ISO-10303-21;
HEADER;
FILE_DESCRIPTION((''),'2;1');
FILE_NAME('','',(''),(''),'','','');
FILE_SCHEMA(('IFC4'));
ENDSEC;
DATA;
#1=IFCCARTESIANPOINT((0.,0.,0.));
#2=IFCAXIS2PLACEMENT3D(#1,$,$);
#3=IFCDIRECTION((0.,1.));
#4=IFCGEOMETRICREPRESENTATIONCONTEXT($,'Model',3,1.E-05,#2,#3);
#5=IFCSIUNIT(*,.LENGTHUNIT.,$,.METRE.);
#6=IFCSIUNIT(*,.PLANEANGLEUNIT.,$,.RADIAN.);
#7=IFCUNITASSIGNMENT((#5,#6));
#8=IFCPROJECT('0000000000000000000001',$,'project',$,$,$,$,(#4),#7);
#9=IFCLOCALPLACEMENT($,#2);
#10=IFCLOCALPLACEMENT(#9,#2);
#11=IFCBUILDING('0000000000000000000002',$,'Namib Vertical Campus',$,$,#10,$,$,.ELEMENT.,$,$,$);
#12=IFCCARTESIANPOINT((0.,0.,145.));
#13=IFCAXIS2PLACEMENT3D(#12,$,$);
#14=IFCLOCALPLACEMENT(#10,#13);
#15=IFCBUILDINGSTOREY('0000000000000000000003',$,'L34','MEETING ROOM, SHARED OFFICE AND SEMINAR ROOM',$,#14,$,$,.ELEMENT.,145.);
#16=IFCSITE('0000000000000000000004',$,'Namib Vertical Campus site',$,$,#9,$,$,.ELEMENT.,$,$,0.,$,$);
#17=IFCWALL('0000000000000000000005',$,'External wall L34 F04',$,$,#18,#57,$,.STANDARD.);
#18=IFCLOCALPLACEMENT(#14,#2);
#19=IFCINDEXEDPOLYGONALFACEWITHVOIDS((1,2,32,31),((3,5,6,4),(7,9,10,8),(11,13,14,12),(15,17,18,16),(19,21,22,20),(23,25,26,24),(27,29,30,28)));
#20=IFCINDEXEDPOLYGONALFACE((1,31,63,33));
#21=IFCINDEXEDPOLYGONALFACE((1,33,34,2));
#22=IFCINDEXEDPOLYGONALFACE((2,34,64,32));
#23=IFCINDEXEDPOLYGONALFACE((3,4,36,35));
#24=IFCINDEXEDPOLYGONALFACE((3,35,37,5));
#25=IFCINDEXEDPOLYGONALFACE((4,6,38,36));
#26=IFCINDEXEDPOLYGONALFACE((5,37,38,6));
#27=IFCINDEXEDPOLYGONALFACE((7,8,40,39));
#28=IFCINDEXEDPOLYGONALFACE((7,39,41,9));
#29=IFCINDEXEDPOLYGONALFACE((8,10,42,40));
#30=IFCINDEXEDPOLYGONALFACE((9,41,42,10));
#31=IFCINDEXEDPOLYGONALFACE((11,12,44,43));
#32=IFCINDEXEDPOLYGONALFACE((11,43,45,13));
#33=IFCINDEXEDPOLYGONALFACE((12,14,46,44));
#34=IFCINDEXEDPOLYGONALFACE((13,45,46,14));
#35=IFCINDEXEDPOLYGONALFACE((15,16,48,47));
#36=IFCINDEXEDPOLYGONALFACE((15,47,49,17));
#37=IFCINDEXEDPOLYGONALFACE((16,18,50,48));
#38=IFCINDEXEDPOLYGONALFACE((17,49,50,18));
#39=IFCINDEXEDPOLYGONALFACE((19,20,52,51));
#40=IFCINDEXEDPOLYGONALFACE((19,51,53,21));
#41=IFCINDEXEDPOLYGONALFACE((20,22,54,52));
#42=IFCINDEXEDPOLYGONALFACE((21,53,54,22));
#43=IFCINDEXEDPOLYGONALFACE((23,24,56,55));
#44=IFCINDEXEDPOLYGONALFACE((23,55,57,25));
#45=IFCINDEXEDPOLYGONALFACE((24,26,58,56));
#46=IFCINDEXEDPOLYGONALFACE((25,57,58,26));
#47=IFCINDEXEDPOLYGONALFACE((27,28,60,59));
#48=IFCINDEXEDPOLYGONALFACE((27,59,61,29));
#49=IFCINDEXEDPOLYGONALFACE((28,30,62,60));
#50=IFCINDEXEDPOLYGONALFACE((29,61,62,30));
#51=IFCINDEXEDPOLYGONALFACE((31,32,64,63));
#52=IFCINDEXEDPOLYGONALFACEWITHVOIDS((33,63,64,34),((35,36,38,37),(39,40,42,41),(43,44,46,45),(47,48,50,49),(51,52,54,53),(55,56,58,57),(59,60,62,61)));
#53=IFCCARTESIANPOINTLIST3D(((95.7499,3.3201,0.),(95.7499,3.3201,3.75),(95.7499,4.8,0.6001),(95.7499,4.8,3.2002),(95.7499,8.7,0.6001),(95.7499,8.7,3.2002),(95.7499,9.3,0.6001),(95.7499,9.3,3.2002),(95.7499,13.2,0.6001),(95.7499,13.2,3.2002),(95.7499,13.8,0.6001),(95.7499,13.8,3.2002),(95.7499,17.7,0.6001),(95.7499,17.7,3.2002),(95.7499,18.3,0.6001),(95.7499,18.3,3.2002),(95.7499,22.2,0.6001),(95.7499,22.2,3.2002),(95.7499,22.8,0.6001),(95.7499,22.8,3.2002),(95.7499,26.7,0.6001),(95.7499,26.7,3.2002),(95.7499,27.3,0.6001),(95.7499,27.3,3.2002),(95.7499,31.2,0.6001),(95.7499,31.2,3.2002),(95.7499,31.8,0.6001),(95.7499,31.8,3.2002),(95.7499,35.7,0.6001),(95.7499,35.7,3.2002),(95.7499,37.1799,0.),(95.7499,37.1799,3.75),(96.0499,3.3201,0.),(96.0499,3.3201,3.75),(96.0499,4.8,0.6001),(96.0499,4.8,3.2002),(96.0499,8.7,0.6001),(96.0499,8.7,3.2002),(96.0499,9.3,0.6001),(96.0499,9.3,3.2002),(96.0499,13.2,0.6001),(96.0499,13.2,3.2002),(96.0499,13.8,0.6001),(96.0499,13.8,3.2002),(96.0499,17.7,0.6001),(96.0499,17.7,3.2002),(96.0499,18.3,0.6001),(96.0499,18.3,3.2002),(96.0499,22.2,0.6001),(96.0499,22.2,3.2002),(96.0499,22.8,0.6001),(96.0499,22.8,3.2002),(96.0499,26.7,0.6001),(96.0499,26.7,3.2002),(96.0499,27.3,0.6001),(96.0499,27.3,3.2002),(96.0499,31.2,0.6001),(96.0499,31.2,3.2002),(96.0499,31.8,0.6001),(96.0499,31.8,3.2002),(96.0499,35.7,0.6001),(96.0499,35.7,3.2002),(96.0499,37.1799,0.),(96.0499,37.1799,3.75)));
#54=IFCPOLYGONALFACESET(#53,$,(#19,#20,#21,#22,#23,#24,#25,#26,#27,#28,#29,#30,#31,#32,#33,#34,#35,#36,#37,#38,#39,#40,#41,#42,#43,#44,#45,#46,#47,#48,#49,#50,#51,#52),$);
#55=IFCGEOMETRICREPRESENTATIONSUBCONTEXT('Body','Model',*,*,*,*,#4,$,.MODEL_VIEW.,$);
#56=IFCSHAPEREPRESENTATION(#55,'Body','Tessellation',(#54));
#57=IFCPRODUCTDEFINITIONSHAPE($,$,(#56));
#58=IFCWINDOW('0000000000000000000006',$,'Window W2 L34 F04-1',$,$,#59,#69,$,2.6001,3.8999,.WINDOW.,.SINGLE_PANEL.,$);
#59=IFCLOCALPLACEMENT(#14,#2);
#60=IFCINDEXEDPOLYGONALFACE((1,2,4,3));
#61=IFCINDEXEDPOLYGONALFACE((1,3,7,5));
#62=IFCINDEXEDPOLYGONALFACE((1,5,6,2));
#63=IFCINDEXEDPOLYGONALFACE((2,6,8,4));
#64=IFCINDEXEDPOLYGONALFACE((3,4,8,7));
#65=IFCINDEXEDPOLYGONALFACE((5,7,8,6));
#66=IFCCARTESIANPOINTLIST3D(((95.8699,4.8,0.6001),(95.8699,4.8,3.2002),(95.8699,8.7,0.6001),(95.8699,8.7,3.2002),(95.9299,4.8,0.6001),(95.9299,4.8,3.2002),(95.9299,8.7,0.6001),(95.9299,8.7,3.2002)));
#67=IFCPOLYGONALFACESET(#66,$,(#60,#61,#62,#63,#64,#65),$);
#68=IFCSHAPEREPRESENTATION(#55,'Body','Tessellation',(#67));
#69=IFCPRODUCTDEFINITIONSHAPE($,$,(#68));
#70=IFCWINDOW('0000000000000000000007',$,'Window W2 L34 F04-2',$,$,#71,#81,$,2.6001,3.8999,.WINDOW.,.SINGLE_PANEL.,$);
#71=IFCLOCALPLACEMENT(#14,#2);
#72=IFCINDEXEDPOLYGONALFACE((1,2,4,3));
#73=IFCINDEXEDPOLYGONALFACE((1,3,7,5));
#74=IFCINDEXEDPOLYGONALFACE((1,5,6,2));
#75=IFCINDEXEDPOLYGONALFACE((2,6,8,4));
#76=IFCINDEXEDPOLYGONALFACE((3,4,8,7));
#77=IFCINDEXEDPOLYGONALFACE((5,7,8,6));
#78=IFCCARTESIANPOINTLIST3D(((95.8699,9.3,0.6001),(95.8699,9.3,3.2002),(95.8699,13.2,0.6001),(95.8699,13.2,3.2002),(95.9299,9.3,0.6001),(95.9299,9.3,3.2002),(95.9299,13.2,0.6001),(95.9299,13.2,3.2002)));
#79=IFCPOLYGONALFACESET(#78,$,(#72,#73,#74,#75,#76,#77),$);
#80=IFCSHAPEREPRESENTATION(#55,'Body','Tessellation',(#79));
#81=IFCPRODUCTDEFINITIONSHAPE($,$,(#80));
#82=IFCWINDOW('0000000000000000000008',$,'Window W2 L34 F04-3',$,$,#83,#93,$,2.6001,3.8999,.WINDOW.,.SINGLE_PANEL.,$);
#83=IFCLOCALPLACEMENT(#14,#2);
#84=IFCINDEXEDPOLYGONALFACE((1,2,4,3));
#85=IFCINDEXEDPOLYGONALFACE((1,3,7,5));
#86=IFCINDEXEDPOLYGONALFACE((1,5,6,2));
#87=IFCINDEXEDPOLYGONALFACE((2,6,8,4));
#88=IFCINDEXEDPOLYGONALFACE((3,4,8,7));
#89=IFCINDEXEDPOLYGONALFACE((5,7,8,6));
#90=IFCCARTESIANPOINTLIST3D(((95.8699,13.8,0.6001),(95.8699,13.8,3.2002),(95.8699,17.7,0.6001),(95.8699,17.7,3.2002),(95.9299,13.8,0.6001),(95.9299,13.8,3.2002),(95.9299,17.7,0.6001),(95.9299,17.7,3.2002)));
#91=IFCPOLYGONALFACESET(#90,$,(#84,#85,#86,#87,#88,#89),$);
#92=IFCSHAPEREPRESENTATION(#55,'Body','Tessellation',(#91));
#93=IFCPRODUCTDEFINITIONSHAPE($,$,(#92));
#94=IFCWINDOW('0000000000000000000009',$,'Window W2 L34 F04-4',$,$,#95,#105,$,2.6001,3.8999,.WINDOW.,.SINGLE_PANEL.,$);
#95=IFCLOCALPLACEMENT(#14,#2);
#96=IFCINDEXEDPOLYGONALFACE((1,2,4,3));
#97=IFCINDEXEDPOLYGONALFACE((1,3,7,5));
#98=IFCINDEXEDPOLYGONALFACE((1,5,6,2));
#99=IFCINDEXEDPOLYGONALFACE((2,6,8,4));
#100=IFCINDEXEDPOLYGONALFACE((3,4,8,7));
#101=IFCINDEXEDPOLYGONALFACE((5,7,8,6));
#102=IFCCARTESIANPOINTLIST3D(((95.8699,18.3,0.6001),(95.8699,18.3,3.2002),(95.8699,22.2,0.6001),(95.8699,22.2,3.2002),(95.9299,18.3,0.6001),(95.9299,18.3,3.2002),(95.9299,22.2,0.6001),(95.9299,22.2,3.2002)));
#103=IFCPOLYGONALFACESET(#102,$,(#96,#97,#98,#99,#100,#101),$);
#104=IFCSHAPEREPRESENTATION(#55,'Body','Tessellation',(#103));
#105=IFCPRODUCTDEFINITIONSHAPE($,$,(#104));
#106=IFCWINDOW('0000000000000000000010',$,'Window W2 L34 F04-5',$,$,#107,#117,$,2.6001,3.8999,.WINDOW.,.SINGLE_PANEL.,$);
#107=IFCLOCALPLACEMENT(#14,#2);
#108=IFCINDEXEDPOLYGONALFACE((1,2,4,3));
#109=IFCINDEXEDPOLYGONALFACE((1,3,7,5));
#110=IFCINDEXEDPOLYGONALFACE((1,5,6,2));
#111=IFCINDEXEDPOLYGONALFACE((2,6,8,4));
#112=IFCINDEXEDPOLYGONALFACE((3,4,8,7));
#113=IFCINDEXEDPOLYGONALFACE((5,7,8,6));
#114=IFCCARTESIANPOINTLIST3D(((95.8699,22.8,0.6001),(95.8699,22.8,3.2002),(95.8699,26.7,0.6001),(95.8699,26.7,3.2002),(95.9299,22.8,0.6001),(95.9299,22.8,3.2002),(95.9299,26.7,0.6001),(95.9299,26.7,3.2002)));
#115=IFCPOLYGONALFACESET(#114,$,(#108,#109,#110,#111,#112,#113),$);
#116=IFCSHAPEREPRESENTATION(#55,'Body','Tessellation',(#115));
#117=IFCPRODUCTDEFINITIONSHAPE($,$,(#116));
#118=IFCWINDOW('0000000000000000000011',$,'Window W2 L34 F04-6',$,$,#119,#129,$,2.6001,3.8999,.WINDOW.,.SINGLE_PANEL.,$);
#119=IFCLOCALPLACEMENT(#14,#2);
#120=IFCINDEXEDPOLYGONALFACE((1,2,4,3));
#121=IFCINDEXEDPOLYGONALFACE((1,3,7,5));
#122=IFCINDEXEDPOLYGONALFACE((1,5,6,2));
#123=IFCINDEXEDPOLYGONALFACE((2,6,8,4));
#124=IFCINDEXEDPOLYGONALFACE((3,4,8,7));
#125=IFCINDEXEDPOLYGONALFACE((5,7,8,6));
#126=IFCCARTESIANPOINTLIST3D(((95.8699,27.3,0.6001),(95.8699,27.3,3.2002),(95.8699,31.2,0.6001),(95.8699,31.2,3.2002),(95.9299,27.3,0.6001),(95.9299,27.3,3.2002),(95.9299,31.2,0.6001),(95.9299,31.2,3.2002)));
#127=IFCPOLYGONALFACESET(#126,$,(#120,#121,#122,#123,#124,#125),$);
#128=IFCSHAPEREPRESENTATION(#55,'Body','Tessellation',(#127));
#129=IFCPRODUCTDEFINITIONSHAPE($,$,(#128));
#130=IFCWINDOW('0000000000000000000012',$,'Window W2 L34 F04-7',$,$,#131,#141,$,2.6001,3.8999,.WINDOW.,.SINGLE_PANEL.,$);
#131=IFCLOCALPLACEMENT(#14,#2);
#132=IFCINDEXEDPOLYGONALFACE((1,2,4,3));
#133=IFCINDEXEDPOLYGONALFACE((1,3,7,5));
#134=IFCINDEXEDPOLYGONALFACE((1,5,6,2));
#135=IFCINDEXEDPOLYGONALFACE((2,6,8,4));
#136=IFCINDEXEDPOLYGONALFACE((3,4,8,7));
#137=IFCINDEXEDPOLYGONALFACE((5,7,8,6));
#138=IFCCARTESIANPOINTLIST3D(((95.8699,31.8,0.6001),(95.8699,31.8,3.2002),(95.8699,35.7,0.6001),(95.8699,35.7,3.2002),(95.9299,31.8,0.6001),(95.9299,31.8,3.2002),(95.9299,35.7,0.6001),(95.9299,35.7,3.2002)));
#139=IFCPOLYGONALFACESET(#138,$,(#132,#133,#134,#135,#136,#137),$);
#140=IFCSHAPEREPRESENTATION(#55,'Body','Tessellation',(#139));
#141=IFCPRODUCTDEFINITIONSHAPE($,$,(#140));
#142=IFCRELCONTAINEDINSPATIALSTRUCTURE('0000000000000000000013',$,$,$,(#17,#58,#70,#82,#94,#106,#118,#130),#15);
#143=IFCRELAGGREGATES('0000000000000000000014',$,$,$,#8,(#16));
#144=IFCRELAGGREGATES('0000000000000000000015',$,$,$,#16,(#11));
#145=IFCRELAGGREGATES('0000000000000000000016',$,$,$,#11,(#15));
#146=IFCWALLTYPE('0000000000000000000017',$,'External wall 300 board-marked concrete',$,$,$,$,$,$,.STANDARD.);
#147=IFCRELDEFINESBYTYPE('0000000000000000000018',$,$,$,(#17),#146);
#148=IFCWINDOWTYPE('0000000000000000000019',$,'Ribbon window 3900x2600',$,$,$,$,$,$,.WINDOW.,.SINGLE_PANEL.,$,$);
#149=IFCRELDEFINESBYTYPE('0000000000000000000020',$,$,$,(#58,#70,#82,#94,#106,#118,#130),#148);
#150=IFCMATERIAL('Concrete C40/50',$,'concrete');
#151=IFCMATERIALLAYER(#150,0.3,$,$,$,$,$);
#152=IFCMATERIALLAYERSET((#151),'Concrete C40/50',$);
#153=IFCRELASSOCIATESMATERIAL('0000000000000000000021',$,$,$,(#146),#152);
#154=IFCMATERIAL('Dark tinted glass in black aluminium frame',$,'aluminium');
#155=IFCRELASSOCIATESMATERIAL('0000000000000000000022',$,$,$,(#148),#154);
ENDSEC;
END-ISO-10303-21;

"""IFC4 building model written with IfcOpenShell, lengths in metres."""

from ifc_helpers import new_model, si_unit, direction, frame, frame_2d, origin, place, context, subcontext, project, spatial, rectangle, extrude, material, layer, layer_set, type_object, element, fill, save


model = new_model("IFC4")

# Units and contexts
model_context = context("Model", 3, precision=1e-05, world=origin(), true_north=direction((0.0, 1.0)))
body_context = subcontext(model_context, "Body", "Model", "MODEL_VIEW")
ifc_project = project(units=[si_unit("LENGTHUNIT", "METRE"), si_unit("PLANEANGLEUNIT", "RADIAN")], contexts=[model_context])

# Site, building, storey
site_placement = place(None, origin())
site = spatial("IfcSite", under=ifc_project, at=site_placement, Name="Namib Vertical Campus site", CompositionType="ELEMENT", RefElevation=0.0)
building_placement = place(site_placement, origin())
building = spatial("IfcBuilding", under=site, at=building_placement, Name="Namib Vertical Campus", CompositionType="ELEMENT")
storey_placement = place(building_placement, frame((0.0, 0.0, 145.0)))
storey = spatial("IfcBuildingStorey", under=building, at=storey_placement, Name="L34", Description="MEETING ROOM, SHARED OFFICE AND SEMINAR ROOM", CompositionType="ELEMENT", Elevation=145.0)

# Wall, openings, windows
ifc_material_1 = material(Name="Concrete C40/50", Category="concrete")
ifc_layer_1 = layer(ifc_material_1, 0.3)
ifc_layer_set_1 = layer_set([ifc_layer_1], Name="Concrete C40/50")
wall_type_1 = type_object("IfcWallType", Name="External wall 300 board-marked concrete", PredefinedType="STANDARD", material=ifc_layer_set_1)
wall_1_placement = place(storey_placement, frame((95.8999, 3.3201, 0.0), z_axis=(0.0, 0.0, 1.0), x_axis=(0.0, 1.0, 0.0)))
wall_1 = element("IfcWall", 1, at=wall_1_placement, inside=storey, type_object=wall_type_1, Name="External wall L34 F04", PredefinedType="STANDARD", context=body_context, shape_type="SweptSolid", body=[
    extrude(rectangle(XDim=33.8599, YDim=0.3, at=frame_2d((16.9299, 0.0))), origin(), (0.0, 0.0, 1.0), 3.75),
])
opening_1_placement = place(wall_1_placement, frame((1.48, 0.0, 0.6001)))
opening_1 = element("IfcOpeningElement", 2, at=opening_1_placement, cuts=wall_1, PredefinedType="OPENING", context=body_context, shape_type="SweptSolid", body=[
    extrude(rectangle(XDim=3.8999, YDim=2.6001, at=frame_2d((1.95, 1.3))), frame((0.0, 0.1599, 0.0), z_axis=(0.0, -1.0, 0.0), x_axis=(1.0, 0.0, 0.0)), (0.0, 0.0, 1.0), 0.3201),
])
opening_2_placement = place(wall_1_placement, frame((5.98, 0.0, 0.6001)))
opening_2 = element("IfcOpeningElement", 3, at=opening_2_placement, cuts=wall_1, PredefinedType="OPENING", context=body_context, shape_type="SweptSolid", body=[
    extrude(rectangle(XDim=3.8999, YDim=2.6001, at=frame_2d((1.95, 1.3))), frame((0.0, 0.1599, 0.0), z_axis=(0.0, -1.0, 0.0), x_axis=(1.0, 0.0, 0.0)), (0.0, 0.0, 1.0), 0.3201),
])
opening_3_placement = place(wall_1_placement, frame((10.48, 0.0, 0.6001)))
opening_3 = element("IfcOpeningElement", 4, at=opening_3_placement, cuts=wall_1, PredefinedType="OPENING", context=body_context, shape_type="SweptSolid", body=[
    extrude(rectangle(XDim=3.8999, YDim=2.6001, at=frame_2d((1.95, 1.3))), frame((0.0, 0.1599, 0.0), z_axis=(0.0, -1.0, 0.0), x_axis=(1.0, 0.0, 0.0)), (0.0, 0.0, 1.0), 0.3201),
])
opening_4_placement = place(wall_1_placement, frame((14.98, 0.0, 0.6001)))
opening_4 = element("IfcOpeningElement", 5, at=opening_4_placement, cuts=wall_1, PredefinedType="OPENING", context=body_context, shape_type="SweptSolid", body=[
    extrude(rectangle(XDim=3.8999, YDim=2.6001, at=frame_2d((1.95, 1.3))), frame((0.0, 0.1599, 0.0), z_axis=(0.0, -1.0, 0.0), x_axis=(1.0, 0.0, 0.0)), (0.0, 0.0, 1.0), 0.3201),
])
opening_5_placement = place(wall_1_placement, frame((19.48, 0.0, 0.6001)))
opening_5 = element("IfcOpeningElement", 6, at=opening_5_placement, cuts=wall_1, PredefinedType="OPENING", context=body_context, shape_type="SweptSolid", body=[
    extrude(rectangle(XDim=3.8999, YDim=2.6001, at=frame_2d((1.95, 1.3))), frame((0.0, 0.1599, 0.0), z_axis=(0.0, -1.0, 0.0), x_axis=(1.0, 0.0, 0.0)), (0.0, 0.0, 1.0), 0.3201),
])
opening_6_placement = place(wall_1_placement, frame((23.98, 0.0, 0.6001)))
opening_6 = element("IfcOpeningElement", 7, at=opening_6_placement, cuts=wall_1, PredefinedType="OPENING", context=body_context, shape_type="SweptSolid", body=[
    extrude(rectangle(XDim=3.8999, YDim=2.6001, at=frame_2d((1.95, 1.3))), frame((0.0, 0.1599, 0.0), z_axis=(0.0, -1.0, 0.0), x_axis=(1.0, 0.0, 0.0)), (0.0, 0.0, 1.0), 0.3201),
])
opening_7_placement = place(wall_1_placement, frame((28.48, 0.0, 0.6001)))
opening_7 = element("IfcOpeningElement", 8, at=opening_7_placement, cuts=wall_1, PredefinedType="OPENING", context=body_context, shape_type="SweptSolid", body=[
    extrude(rectangle(XDim=3.8999, YDim=2.6001, at=frame_2d((1.95, 1.3))), frame((0.0, 0.1599, 0.0), z_axis=(0.0, -1.0, 0.0), x_axis=(1.0, 0.0, 0.0)), (0.0, 0.0, 1.0), 0.3201),
])
ifc_material_2 = material(Name="Dark tinted glass in black aluminium frame", Category="aluminium")
window_type = type_object("IfcWindowType", Name="Ribbon window 3900x2600", PartitioningType="SINGLE_PANEL", PredefinedType="WINDOW", material=ifc_material_2)
window_1_placement = place(opening_1_placement, origin())
window_1 = element("IfcWindow", 9, at=window_1_placement, inside=storey, type_object=window_type, Name="Window W2 L34 F04-1", OverallHeight=2.6001, OverallWidth=3.8999, PartitioningType="SINGLE_PANEL", PredefinedType="WINDOW", context=body_context, shape_type="SweptSolid", body=[
    extrude(rectangle(XDim=3.8999, YDim=2.6001, at=frame_2d((1.95, 1.3))), frame((0.0, 0.03, 0.0), z_axis=(0.0, -1.0, 0.0), x_axis=(1.0, 0.0, 0.0)), (0.0, 0.0, 1.0), 0.0601),
])
fill(opening_1, window_1)
window_2_placement = place(opening_2_placement, origin())
window_2 = element("IfcWindow", 10, at=window_2_placement, inside=storey, type_object=window_type, Name="Window W2 L34 F04-2", OverallHeight=2.6001, OverallWidth=3.8999, PartitioningType="SINGLE_PANEL", PredefinedType="WINDOW", context=body_context, shape_type="SweptSolid", body=[
    extrude(rectangle(XDim=3.8999, YDim=2.6001, at=frame_2d((1.95, 1.3))), frame((0.0, 0.03, 0.0), z_axis=(0.0, -1.0, 0.0), x_axis=(1.0, 0.0, 0.0)), (0.0, 0.0, 1.0), 0.0601),
])
fill(opening_2, window_2)
window_3_placement = place(opening_3_placement, origin())
window_3 = element("IfcWindow", 11, at=window_3_placement, inside=storey, type_object=window_type, Name="Window W2 L34 F04-3", OverallHeight=2.6001, OverallWidth=3.8999, PartitioningType="SINGLE_PANEL", PredefinedType="WINDOW", context=body_context, shape_type="SweptSolid", body=[
    extrude(rectangle(XDim=3.8999, YDim=2.6001, at=frame_2d((1.95, 1.3))), frame((0.0, 0.03, 0.0), z_axis=(0.0, -1.0, 0.0), x_axis=(1.0, 0.0, 0.0)), (0.0, 0.0, 1.0), 0.0601),
])
fill(opening_3, window_3)
window_4_placement = place(opening_4_placement, origin())
window_4 = element("IfcWindow", 12, at=window_4_placement, inside=storey, type_object=window_type, Name="Window W2 L34 F04-4", OverallHeight=2.6001, OverallWidth=3.8999, PartitioningType="SINGLE_PANEL", PredefinedType="WINDOW", context=body_context, shape_type="SweptSolid", body=[
    extrude(rectangle(XDim=3.8999, YDim=2.6001, at=frame_2d((1.95, 1.3))), frame((0.0, 0.03, 0.0), z_axis=(0.0, -1.0, 0.0), x_axis=(1.0, 0.0, 0.0)), (0.0, 0.0, 1.0), 0.0601),
])
fill(opening_4, window_4)
window_5_placement = place(opening_5_placement, origin())
window_5 = element("IfcWindow", 13, at=window_5_placement, inside=storey, type_object=window_type, Name="Window W2 L34 F04-5", OverallHeight=2.6001, OverallWidth=3.8999, PartitioningType="SINGLE_PANEL", PredefinedType="WINDOW", context=body_context, shape_type="SweptSolid", body=[
    extrude(rectangle(XDim=3.8999, YDim=2.6001, at=frame_2d((1.95, 1.3))), frame((0.0, 0.03, 0.0), z_axis=(0.0, -1.0, 0.0), x_axis=(1.0, 0.0, 0.0)), (0.0, 0.0, 1.0), 0.0601),
])
fill(opening_5, window_5)
window_6_placement = place(opening_6_placement, origin())
window_6 = element("IfcWindow", 14, at=window_6_placement, inside=storey, type_object=window_type, Name="Window W2 L34 F04-6", OverallHeight=2.6001, OverallWidth=3.8999, PartitioningType="SINGLE_PANEL", PredefinedType="WINDOW", context=body_context, shape_type="SweptSolid", body=[
    extrude(rectangle(XDim=3.8999, YDim=2.6001, at=frame_2d((1.95, 1.3))), frame((0.0, 0.03, 0.0), z_axis=(0.0, -1.0, 0.0), x_axis=(1.0, 0.0, 0.0)), (0.0, 0.0, 1.0), 0.0601),
])
fill(opening_6, window_6)
window_7_placement = place(opening_7_placement, origin())
window_7 = element("IfcWindow", 15, at=window_7_placement, inside=storey, type_object=window_type, Name="Window W2 L34 F04-7", OverallHeight=2.6001, OverallWidth=3.8999, PartitioningType="SINGLE_PANEL", PredefinedType="WINDOW", context=body_context, shape_type="SweptSolid", body=[
    extrude(rectangle(XDim=3.8999, YDim=2.6001, at=frame_2d((1.95, 1.3))), frame((0.0, 0.03, 0.0), z_axis=(0.0, -1.0, 0.0), x_axis=(1.0, 0.0, 0.0)), (0.0, 0.0, 1.0), 0.0601),
])
fill(opening_7, window_7)

save(model, "model.ifc")
